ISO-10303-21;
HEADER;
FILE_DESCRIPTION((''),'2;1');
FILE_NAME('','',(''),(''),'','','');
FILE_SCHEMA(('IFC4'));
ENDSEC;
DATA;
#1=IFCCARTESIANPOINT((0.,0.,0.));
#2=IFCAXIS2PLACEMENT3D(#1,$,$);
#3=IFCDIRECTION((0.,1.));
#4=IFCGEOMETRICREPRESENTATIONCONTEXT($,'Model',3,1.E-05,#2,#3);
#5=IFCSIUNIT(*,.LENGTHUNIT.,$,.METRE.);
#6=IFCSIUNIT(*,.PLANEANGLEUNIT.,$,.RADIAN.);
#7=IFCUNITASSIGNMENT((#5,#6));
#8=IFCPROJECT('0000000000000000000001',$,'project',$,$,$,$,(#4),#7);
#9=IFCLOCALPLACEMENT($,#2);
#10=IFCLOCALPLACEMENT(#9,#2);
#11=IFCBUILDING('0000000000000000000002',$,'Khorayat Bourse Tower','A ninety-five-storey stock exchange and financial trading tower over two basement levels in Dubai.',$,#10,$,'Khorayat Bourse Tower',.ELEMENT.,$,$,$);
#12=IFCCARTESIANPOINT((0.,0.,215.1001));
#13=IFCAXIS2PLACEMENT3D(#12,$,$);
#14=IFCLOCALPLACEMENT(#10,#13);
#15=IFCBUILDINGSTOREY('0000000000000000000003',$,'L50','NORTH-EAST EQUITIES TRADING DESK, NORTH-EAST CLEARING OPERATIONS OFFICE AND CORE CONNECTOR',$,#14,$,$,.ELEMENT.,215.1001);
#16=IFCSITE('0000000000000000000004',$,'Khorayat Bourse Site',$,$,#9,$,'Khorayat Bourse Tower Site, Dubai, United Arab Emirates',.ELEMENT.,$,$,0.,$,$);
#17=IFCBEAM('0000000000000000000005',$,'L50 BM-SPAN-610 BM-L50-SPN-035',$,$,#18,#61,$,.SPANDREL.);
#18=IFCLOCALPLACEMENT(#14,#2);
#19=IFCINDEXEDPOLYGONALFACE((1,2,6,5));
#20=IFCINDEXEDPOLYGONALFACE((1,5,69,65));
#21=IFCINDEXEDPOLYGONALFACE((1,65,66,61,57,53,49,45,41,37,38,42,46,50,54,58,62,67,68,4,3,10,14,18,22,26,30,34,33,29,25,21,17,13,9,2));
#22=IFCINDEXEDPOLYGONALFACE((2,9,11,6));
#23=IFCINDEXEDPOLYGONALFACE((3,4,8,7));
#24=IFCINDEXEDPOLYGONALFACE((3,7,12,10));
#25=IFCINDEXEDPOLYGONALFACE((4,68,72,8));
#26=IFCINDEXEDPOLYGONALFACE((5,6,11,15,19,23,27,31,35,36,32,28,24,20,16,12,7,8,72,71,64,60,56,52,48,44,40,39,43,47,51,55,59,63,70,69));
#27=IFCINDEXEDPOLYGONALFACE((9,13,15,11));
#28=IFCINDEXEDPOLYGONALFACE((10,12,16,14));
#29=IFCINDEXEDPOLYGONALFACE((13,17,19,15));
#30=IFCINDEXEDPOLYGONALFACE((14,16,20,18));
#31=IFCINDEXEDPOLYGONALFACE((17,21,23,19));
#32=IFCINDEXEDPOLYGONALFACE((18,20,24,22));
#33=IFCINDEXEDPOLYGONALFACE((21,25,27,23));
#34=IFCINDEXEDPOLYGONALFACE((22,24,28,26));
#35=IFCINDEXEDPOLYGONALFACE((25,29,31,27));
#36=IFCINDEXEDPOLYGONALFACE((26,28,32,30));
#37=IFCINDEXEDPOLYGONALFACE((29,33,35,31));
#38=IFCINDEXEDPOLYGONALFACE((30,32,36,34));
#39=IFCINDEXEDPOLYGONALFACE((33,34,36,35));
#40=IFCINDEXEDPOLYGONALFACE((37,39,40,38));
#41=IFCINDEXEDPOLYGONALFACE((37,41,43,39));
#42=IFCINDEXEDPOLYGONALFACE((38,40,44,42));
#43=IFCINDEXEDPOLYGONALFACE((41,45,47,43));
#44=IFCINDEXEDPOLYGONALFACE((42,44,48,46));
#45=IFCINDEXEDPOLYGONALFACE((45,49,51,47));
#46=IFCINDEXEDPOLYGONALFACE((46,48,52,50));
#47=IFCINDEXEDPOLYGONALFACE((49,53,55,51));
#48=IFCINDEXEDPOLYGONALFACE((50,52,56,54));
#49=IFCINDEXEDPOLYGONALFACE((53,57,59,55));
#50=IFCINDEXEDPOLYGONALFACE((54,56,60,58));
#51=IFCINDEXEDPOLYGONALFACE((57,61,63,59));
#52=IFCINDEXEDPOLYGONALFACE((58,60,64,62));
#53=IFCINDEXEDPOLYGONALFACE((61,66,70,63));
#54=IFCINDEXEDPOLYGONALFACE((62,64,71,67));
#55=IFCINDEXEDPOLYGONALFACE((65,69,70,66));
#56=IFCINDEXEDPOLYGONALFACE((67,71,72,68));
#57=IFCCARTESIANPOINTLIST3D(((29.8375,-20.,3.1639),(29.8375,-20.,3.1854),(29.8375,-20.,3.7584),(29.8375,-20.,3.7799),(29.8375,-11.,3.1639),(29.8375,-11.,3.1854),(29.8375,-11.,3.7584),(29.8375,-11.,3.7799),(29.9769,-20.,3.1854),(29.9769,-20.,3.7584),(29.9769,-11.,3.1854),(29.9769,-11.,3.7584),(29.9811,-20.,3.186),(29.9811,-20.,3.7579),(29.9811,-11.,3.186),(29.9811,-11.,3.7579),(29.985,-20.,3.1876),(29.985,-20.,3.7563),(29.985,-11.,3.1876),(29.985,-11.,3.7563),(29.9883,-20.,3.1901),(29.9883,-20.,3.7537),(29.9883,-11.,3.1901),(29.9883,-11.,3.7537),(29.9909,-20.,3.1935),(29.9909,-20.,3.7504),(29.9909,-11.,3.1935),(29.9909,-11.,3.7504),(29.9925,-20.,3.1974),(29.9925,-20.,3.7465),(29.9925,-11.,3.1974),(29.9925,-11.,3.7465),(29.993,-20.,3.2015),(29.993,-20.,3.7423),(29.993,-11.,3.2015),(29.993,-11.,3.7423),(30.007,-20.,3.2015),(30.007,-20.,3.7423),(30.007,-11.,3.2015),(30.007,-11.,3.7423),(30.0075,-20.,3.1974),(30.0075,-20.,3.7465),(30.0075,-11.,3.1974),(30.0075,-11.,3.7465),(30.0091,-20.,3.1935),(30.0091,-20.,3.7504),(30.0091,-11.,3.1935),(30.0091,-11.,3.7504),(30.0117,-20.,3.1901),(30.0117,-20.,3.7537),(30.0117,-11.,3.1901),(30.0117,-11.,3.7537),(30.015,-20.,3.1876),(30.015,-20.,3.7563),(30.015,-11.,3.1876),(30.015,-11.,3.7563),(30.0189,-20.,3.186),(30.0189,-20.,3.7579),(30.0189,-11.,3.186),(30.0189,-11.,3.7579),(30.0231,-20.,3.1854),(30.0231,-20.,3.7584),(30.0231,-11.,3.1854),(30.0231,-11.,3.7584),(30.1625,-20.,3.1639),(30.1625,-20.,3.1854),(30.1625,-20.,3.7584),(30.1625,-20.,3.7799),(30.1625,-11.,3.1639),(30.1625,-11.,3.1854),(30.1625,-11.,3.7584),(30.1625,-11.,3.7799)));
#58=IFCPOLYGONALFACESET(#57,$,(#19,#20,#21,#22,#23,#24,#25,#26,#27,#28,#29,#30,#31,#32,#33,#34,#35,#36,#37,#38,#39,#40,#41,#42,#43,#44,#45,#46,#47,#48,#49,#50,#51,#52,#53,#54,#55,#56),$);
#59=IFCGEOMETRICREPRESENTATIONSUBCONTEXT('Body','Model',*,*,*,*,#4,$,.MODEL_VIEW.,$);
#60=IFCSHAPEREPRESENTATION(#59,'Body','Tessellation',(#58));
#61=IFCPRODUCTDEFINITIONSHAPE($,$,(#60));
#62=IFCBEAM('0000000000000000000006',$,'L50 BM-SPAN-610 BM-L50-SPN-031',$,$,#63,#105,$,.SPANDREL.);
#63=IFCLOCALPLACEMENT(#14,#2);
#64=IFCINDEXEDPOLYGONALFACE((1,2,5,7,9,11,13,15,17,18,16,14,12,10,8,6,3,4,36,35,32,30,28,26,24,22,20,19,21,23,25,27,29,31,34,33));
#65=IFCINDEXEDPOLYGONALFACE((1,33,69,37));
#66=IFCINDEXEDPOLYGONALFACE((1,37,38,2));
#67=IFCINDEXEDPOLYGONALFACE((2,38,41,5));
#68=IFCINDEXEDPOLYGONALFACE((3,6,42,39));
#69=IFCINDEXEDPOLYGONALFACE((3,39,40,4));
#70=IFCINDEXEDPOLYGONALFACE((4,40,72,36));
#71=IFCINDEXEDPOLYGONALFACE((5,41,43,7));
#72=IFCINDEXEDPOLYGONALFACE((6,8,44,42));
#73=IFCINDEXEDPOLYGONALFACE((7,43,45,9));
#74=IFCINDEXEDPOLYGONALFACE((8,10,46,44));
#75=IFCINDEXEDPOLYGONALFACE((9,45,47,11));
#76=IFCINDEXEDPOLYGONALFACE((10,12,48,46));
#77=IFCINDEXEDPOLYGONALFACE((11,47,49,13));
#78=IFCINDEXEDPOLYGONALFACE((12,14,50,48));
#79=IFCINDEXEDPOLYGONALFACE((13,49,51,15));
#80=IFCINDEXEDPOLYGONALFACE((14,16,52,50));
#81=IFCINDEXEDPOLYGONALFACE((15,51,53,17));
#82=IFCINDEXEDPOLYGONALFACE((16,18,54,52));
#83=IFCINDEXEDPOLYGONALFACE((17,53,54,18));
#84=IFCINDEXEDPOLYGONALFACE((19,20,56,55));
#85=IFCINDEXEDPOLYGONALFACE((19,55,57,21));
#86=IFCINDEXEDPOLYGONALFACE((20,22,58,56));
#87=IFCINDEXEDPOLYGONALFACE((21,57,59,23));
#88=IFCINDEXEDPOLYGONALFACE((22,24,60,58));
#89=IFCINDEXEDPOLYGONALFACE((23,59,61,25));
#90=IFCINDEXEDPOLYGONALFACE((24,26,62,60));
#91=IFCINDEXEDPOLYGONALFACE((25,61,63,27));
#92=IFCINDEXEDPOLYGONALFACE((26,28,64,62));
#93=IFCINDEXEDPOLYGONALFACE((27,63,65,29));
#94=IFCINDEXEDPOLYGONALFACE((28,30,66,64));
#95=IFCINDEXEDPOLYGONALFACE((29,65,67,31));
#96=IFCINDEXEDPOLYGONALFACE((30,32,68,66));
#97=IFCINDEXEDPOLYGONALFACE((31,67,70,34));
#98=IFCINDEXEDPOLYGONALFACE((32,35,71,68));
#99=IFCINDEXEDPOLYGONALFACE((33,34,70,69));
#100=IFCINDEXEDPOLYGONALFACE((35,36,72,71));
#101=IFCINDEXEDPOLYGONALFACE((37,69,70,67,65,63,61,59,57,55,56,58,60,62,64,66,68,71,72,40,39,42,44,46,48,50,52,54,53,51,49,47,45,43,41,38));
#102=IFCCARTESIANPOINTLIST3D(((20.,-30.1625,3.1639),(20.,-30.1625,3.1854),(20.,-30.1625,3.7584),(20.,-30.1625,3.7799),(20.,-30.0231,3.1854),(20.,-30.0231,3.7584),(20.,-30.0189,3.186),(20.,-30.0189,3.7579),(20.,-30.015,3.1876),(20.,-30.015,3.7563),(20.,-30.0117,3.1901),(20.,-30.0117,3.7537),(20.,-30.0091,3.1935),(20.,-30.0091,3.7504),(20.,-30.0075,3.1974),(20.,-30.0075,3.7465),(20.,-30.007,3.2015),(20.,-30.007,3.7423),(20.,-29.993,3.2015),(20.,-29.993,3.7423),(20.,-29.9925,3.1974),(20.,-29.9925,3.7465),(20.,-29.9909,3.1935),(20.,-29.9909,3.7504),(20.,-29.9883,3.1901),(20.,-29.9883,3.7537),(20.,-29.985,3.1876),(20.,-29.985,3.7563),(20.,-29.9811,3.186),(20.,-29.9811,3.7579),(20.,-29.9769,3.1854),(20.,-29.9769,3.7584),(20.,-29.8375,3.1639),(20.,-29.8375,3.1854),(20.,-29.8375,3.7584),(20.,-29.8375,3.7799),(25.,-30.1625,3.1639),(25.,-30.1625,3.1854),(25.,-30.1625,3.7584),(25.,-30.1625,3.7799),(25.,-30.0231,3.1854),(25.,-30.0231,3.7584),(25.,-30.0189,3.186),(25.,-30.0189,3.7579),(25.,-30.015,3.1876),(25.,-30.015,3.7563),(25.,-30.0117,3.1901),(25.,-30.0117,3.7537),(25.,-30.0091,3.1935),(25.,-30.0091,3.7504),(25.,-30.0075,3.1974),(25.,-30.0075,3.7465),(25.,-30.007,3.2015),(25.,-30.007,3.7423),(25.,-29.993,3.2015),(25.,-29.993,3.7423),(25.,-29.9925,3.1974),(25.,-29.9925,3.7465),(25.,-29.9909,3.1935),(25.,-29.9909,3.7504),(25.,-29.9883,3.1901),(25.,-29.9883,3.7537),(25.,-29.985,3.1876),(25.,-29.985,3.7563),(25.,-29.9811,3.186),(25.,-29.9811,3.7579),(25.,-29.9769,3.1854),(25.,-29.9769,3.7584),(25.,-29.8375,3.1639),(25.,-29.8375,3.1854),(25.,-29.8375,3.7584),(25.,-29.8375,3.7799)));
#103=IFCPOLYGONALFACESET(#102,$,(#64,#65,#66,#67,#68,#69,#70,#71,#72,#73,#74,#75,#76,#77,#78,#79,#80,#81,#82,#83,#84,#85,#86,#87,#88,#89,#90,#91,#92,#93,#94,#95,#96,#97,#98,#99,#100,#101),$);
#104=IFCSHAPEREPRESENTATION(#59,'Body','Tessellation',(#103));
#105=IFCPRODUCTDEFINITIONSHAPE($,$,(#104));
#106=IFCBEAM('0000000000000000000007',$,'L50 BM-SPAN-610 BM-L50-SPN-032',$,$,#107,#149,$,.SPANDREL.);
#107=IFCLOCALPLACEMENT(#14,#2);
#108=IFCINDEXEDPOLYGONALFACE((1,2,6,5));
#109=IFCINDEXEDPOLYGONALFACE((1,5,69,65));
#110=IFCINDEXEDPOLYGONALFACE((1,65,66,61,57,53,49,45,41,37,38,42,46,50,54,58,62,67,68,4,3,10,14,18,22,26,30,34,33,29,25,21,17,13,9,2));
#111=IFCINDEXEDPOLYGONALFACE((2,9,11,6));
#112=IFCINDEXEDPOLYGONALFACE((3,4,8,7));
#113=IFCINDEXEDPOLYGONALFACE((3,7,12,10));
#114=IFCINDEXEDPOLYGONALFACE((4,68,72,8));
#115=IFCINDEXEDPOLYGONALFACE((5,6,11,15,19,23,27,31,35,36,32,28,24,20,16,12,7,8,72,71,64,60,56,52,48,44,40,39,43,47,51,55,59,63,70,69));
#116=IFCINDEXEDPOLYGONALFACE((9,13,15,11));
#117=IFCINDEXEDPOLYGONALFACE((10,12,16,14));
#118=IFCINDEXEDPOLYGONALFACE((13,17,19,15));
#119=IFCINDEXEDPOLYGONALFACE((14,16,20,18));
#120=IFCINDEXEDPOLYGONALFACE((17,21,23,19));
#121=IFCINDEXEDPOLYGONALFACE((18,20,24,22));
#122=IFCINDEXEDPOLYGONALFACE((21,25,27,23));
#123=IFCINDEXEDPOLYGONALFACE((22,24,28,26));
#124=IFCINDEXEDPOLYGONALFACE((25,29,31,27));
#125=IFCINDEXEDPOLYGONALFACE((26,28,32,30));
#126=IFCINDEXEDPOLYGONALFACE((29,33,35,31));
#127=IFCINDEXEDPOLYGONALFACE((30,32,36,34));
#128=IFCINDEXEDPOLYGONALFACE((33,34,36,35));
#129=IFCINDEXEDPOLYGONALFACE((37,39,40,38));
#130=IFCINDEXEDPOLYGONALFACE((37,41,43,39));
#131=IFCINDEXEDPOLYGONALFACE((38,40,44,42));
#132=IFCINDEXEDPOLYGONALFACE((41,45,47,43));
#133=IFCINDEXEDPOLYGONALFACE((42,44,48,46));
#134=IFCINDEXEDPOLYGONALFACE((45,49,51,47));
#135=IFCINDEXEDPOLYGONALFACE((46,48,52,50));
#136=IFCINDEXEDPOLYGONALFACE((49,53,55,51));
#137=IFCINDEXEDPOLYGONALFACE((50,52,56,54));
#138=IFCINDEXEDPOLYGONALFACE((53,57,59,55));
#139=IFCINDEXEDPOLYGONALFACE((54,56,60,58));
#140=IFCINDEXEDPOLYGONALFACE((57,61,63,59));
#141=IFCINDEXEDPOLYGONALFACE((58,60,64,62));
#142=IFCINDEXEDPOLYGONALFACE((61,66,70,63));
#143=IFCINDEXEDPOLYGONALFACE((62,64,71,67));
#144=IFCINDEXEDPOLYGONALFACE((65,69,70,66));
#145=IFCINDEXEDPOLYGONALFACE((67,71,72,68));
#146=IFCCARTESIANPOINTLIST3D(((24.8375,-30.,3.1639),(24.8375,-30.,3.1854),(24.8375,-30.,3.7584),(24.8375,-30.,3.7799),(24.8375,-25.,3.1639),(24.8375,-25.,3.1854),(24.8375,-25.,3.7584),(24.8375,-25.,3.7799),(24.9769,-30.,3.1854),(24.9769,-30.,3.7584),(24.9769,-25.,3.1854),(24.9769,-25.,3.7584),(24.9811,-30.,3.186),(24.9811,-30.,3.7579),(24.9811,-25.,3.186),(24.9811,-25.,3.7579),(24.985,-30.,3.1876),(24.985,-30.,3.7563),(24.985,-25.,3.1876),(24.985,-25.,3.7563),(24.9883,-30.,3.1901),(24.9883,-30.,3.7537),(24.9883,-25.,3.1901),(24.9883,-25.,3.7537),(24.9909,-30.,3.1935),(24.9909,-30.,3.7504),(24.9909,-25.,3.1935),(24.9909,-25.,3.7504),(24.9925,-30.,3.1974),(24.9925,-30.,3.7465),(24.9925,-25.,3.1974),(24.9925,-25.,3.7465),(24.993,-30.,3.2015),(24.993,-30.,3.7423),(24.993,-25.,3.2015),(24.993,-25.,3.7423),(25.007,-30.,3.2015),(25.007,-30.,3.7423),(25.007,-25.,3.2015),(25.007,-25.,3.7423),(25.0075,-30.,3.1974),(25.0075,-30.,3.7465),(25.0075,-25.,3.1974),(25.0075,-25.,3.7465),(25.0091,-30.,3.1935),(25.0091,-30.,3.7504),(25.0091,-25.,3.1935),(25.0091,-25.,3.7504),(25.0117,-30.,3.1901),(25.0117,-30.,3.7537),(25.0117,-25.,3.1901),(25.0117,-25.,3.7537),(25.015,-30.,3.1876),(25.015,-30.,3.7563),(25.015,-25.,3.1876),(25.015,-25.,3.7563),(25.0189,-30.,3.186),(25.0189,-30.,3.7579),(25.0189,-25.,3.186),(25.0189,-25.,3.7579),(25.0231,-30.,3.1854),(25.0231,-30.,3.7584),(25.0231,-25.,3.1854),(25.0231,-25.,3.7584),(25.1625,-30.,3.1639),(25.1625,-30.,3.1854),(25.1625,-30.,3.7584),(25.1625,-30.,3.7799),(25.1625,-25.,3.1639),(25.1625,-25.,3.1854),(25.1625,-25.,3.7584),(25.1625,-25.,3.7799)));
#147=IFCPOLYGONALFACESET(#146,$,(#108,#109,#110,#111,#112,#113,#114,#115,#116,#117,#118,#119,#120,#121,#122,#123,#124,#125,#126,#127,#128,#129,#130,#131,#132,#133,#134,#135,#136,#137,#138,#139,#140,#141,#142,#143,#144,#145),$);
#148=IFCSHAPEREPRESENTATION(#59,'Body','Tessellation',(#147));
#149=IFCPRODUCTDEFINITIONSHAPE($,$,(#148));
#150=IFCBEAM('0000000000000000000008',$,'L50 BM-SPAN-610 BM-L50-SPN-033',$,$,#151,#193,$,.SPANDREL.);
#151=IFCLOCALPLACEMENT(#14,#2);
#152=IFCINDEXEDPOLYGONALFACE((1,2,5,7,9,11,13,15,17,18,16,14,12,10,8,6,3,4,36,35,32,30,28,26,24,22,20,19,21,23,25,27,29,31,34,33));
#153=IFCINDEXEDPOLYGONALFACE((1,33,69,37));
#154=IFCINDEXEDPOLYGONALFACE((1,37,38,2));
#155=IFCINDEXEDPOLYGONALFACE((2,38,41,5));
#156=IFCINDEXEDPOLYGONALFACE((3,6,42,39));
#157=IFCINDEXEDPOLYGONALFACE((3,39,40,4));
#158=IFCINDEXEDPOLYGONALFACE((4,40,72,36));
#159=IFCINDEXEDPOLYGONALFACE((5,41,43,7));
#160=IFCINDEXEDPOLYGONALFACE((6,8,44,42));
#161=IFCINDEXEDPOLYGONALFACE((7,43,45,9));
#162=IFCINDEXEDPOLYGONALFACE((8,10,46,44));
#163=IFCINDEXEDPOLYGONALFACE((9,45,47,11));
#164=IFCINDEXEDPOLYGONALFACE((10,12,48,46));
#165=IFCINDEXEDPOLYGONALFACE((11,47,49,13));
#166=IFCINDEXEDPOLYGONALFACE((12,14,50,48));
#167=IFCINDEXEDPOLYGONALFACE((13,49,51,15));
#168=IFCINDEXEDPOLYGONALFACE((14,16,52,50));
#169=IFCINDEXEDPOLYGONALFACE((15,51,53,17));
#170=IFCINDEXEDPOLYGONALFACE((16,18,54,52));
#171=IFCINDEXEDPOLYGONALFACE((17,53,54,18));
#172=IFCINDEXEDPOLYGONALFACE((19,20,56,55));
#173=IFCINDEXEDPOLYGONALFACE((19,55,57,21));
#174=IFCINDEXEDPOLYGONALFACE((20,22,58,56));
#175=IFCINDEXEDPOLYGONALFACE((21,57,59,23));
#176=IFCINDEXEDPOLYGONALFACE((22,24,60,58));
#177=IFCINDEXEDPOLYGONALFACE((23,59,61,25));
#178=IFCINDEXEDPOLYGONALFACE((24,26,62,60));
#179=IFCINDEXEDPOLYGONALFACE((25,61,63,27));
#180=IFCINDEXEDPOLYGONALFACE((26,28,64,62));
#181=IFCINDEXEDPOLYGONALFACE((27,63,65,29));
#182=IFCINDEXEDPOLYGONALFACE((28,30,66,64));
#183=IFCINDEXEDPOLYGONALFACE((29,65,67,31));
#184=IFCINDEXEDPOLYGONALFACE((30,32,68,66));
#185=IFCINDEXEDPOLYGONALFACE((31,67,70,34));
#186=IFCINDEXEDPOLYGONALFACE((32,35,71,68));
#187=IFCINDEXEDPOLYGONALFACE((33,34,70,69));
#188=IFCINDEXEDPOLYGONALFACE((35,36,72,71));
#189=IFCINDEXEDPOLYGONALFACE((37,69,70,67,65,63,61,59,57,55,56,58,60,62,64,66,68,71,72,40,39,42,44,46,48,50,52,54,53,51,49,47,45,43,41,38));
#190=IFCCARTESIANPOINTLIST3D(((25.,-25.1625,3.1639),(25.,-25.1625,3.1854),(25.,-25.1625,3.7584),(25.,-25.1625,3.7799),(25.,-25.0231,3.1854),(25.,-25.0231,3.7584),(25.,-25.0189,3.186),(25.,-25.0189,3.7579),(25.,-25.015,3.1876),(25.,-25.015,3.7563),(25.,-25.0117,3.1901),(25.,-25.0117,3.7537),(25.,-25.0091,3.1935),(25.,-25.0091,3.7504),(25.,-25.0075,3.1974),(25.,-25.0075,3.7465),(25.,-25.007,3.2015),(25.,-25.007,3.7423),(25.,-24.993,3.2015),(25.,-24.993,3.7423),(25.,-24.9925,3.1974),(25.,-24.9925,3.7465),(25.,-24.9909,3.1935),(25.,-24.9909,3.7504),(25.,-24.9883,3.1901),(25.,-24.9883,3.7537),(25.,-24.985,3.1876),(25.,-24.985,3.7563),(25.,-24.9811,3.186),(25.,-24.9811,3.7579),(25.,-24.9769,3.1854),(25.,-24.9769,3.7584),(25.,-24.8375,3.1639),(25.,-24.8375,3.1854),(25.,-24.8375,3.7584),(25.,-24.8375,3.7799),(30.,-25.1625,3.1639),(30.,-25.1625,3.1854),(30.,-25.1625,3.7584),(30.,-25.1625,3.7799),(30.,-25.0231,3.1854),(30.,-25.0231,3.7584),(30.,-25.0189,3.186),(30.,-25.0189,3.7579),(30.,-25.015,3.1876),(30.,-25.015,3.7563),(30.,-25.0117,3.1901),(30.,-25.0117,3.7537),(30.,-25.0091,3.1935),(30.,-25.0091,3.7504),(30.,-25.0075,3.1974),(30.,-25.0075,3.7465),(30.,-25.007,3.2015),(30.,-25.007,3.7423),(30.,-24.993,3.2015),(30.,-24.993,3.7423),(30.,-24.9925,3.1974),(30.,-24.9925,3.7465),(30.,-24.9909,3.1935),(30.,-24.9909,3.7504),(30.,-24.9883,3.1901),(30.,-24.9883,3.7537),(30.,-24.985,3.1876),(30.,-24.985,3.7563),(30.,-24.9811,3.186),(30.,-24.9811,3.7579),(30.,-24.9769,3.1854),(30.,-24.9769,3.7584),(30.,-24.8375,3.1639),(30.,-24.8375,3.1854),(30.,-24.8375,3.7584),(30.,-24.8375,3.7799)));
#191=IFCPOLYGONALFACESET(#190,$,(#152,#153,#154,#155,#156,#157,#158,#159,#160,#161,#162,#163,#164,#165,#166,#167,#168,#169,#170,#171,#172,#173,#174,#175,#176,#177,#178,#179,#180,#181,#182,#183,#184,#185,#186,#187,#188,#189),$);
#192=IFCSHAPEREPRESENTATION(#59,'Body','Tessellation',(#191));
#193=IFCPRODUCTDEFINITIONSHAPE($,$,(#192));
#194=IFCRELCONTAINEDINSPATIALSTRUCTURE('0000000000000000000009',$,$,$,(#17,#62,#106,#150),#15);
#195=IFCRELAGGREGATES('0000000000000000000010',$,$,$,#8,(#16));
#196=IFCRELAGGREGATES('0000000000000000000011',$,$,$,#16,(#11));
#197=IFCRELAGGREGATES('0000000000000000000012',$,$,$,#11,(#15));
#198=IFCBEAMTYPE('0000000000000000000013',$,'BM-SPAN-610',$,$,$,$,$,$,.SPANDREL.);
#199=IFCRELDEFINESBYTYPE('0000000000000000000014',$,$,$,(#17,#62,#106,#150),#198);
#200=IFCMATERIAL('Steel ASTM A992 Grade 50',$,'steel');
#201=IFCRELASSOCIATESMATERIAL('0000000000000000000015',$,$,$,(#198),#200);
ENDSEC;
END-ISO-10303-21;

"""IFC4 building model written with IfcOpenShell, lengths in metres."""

from ifc_helpers import new_model, si_unit, direction, frame, origin, origin_2d, place, context, subcontext, project, spatial, i_section, extrude, source, transform, mapped, material, material_profile, profile_set, type_object, element, save


model = new_model("IFC4")

# Units and contexts
model_context = context("Model", 3, precision=1e-05, world=origin(), true_north=direction((0.0, 1.0)))
body_context = subcontext(model_context, "Body", "Model", "MODEL_VIEW")
ifc_project = project(units=[si_unit("LENGTHUNIT", "METRE"), si_unit("PLANEANGLEUNIT", "RADIAN")], contexts=[model_context])

# Site, building, storey
site_placement = place(None, origin())
site = spatial("IfcSite", under=ifc_project, at=site_placement, Name="Khorayat Bourse Site", LongName="Khorayat Bourse Tower Site, Dubai, United Arab Emirates", CompositionType="ELEMENT", RefElevation=0.0)
building_placement = place(site_placement, origin())
building = spatial("IfcBuilding", under=site, at=building_placement, Name="Khorayat Bourse Tower", Description="A ninety-five-storey stock exchange and financial trading tower over two basement levels in Dubai.", LongName="Khorayat Bourse Tower", CompositionType="ELEMENT")
storey_placement = place(building_placement, frame((0.0, 0.0, 215.1001)))
storey = spatial("IfcBuildingStorey", under=building, at=storey_placement, Name="L50", Description="NORTH-EAST EQUITIES TRADING DESK, NORTH-EAST CLEARING OPERATIONS OFFICE AND CORE CONNECTOR", CompositionType="ELEMENT", Elevation=215.1001)

# Beams
ifc_material_1 = material(Name="Steel ASTM A992 Grade 50", Category="steel")
ifc_material_profile_1 = material_profile(ifc_material_1, i_section(OverallWidth=0.325, OverallDepth=0.616, WebThickness=0.0139, FlangeThickness=0.0215, FilletRadius=0.0161, at=origin_2d()), Name="W610X174")
ifc_profile_set_1 = profile_set([ifc_material_profile_1], Name="Steel ASTM A992 Grade 50")
beam_type_1 = type_object("IfcBeamType", Name="BM-SPAN-610", PredefinedType="SPANDREL", material=ifc_profile_set_1)
shared_shape_1 = source(origin(), body_context, "Body", "SweptSolid", [
    extrude(i_section(OverallWidth=0.325, OverallDepth=0.616, WebThickness=0.0139, FlangeThickness=0.0215, FilletRadius=0.0161, at=origin_2d()), origin(), (0.0, 0.0, 1.0), 9.0),
])
beam_1_placement = place(storey_placement, frame((30.0, -20.0, 3.4719), z_axis=(0.0, 1.0, 0.0), x_axis=(-1.0, 0.0, 0.0)))
element("IfcBeam", 1, at=beam_1_placement, inside=storey, type_object=beam_type_1, Name="L50 BM-SPAN-610 BM-L50-SPN-035", PredefinedType="SPANDREL", context=body_context, shape_type="MappedRepresentation", body=[
    mapped(shared_shape_1, transform((0.0, 0.0, 0.0), scale=1.0)),
])
shared_shape_2 = source(origin(), body_context, "Body", "SweptSolid", [
    extrude(i_section(OverallWidth=0.325, OverallDepth=0.616, WebThickness=0.0139, FlangeThickness=0.0215, FilletRadius=0.0161, at=origin_2d()), origin(), (0.0, 0.0, 1.0), 5.0),
])
for number, where, z_axis, x_axis, name in (
    (2, (20.0, -30.0, 3.4719), (1.0, 0.0, 0.0), (0.0, 1.0, 0.0), "L50 BM-SPAN-610 BM-L50-SPN-031"),
    (3, (25.0, -30.0, 3.4719), (0.0, 1.0, 0.0), (-1.0, 0.0, 0.0), "L50 BM-SPAN-610 BM-L50-SPN-032"),
    (4, (25.0, -25.0, 3.4719), (1.0, 0.0, 0.0), (0.0, 1.0, 0.0), "L50 BM-SPAN-610 BM-L50-SPN-033"),
):
    element("IfcBeam", number, at=place(storey_placement, frame(where, z_axis=z_axis, x_axis=x_axis)), inside=storey, type_object=beam_type_1, Name=name, PredefinedType="SPANDREL", context=body_context, shape_type="MappedRepresentation", body=[
        mapped(shared_shape_2, transform((0.0, 0.0, 0.0), scale=1.0)),
    ])

save(model, "model.ifc")
